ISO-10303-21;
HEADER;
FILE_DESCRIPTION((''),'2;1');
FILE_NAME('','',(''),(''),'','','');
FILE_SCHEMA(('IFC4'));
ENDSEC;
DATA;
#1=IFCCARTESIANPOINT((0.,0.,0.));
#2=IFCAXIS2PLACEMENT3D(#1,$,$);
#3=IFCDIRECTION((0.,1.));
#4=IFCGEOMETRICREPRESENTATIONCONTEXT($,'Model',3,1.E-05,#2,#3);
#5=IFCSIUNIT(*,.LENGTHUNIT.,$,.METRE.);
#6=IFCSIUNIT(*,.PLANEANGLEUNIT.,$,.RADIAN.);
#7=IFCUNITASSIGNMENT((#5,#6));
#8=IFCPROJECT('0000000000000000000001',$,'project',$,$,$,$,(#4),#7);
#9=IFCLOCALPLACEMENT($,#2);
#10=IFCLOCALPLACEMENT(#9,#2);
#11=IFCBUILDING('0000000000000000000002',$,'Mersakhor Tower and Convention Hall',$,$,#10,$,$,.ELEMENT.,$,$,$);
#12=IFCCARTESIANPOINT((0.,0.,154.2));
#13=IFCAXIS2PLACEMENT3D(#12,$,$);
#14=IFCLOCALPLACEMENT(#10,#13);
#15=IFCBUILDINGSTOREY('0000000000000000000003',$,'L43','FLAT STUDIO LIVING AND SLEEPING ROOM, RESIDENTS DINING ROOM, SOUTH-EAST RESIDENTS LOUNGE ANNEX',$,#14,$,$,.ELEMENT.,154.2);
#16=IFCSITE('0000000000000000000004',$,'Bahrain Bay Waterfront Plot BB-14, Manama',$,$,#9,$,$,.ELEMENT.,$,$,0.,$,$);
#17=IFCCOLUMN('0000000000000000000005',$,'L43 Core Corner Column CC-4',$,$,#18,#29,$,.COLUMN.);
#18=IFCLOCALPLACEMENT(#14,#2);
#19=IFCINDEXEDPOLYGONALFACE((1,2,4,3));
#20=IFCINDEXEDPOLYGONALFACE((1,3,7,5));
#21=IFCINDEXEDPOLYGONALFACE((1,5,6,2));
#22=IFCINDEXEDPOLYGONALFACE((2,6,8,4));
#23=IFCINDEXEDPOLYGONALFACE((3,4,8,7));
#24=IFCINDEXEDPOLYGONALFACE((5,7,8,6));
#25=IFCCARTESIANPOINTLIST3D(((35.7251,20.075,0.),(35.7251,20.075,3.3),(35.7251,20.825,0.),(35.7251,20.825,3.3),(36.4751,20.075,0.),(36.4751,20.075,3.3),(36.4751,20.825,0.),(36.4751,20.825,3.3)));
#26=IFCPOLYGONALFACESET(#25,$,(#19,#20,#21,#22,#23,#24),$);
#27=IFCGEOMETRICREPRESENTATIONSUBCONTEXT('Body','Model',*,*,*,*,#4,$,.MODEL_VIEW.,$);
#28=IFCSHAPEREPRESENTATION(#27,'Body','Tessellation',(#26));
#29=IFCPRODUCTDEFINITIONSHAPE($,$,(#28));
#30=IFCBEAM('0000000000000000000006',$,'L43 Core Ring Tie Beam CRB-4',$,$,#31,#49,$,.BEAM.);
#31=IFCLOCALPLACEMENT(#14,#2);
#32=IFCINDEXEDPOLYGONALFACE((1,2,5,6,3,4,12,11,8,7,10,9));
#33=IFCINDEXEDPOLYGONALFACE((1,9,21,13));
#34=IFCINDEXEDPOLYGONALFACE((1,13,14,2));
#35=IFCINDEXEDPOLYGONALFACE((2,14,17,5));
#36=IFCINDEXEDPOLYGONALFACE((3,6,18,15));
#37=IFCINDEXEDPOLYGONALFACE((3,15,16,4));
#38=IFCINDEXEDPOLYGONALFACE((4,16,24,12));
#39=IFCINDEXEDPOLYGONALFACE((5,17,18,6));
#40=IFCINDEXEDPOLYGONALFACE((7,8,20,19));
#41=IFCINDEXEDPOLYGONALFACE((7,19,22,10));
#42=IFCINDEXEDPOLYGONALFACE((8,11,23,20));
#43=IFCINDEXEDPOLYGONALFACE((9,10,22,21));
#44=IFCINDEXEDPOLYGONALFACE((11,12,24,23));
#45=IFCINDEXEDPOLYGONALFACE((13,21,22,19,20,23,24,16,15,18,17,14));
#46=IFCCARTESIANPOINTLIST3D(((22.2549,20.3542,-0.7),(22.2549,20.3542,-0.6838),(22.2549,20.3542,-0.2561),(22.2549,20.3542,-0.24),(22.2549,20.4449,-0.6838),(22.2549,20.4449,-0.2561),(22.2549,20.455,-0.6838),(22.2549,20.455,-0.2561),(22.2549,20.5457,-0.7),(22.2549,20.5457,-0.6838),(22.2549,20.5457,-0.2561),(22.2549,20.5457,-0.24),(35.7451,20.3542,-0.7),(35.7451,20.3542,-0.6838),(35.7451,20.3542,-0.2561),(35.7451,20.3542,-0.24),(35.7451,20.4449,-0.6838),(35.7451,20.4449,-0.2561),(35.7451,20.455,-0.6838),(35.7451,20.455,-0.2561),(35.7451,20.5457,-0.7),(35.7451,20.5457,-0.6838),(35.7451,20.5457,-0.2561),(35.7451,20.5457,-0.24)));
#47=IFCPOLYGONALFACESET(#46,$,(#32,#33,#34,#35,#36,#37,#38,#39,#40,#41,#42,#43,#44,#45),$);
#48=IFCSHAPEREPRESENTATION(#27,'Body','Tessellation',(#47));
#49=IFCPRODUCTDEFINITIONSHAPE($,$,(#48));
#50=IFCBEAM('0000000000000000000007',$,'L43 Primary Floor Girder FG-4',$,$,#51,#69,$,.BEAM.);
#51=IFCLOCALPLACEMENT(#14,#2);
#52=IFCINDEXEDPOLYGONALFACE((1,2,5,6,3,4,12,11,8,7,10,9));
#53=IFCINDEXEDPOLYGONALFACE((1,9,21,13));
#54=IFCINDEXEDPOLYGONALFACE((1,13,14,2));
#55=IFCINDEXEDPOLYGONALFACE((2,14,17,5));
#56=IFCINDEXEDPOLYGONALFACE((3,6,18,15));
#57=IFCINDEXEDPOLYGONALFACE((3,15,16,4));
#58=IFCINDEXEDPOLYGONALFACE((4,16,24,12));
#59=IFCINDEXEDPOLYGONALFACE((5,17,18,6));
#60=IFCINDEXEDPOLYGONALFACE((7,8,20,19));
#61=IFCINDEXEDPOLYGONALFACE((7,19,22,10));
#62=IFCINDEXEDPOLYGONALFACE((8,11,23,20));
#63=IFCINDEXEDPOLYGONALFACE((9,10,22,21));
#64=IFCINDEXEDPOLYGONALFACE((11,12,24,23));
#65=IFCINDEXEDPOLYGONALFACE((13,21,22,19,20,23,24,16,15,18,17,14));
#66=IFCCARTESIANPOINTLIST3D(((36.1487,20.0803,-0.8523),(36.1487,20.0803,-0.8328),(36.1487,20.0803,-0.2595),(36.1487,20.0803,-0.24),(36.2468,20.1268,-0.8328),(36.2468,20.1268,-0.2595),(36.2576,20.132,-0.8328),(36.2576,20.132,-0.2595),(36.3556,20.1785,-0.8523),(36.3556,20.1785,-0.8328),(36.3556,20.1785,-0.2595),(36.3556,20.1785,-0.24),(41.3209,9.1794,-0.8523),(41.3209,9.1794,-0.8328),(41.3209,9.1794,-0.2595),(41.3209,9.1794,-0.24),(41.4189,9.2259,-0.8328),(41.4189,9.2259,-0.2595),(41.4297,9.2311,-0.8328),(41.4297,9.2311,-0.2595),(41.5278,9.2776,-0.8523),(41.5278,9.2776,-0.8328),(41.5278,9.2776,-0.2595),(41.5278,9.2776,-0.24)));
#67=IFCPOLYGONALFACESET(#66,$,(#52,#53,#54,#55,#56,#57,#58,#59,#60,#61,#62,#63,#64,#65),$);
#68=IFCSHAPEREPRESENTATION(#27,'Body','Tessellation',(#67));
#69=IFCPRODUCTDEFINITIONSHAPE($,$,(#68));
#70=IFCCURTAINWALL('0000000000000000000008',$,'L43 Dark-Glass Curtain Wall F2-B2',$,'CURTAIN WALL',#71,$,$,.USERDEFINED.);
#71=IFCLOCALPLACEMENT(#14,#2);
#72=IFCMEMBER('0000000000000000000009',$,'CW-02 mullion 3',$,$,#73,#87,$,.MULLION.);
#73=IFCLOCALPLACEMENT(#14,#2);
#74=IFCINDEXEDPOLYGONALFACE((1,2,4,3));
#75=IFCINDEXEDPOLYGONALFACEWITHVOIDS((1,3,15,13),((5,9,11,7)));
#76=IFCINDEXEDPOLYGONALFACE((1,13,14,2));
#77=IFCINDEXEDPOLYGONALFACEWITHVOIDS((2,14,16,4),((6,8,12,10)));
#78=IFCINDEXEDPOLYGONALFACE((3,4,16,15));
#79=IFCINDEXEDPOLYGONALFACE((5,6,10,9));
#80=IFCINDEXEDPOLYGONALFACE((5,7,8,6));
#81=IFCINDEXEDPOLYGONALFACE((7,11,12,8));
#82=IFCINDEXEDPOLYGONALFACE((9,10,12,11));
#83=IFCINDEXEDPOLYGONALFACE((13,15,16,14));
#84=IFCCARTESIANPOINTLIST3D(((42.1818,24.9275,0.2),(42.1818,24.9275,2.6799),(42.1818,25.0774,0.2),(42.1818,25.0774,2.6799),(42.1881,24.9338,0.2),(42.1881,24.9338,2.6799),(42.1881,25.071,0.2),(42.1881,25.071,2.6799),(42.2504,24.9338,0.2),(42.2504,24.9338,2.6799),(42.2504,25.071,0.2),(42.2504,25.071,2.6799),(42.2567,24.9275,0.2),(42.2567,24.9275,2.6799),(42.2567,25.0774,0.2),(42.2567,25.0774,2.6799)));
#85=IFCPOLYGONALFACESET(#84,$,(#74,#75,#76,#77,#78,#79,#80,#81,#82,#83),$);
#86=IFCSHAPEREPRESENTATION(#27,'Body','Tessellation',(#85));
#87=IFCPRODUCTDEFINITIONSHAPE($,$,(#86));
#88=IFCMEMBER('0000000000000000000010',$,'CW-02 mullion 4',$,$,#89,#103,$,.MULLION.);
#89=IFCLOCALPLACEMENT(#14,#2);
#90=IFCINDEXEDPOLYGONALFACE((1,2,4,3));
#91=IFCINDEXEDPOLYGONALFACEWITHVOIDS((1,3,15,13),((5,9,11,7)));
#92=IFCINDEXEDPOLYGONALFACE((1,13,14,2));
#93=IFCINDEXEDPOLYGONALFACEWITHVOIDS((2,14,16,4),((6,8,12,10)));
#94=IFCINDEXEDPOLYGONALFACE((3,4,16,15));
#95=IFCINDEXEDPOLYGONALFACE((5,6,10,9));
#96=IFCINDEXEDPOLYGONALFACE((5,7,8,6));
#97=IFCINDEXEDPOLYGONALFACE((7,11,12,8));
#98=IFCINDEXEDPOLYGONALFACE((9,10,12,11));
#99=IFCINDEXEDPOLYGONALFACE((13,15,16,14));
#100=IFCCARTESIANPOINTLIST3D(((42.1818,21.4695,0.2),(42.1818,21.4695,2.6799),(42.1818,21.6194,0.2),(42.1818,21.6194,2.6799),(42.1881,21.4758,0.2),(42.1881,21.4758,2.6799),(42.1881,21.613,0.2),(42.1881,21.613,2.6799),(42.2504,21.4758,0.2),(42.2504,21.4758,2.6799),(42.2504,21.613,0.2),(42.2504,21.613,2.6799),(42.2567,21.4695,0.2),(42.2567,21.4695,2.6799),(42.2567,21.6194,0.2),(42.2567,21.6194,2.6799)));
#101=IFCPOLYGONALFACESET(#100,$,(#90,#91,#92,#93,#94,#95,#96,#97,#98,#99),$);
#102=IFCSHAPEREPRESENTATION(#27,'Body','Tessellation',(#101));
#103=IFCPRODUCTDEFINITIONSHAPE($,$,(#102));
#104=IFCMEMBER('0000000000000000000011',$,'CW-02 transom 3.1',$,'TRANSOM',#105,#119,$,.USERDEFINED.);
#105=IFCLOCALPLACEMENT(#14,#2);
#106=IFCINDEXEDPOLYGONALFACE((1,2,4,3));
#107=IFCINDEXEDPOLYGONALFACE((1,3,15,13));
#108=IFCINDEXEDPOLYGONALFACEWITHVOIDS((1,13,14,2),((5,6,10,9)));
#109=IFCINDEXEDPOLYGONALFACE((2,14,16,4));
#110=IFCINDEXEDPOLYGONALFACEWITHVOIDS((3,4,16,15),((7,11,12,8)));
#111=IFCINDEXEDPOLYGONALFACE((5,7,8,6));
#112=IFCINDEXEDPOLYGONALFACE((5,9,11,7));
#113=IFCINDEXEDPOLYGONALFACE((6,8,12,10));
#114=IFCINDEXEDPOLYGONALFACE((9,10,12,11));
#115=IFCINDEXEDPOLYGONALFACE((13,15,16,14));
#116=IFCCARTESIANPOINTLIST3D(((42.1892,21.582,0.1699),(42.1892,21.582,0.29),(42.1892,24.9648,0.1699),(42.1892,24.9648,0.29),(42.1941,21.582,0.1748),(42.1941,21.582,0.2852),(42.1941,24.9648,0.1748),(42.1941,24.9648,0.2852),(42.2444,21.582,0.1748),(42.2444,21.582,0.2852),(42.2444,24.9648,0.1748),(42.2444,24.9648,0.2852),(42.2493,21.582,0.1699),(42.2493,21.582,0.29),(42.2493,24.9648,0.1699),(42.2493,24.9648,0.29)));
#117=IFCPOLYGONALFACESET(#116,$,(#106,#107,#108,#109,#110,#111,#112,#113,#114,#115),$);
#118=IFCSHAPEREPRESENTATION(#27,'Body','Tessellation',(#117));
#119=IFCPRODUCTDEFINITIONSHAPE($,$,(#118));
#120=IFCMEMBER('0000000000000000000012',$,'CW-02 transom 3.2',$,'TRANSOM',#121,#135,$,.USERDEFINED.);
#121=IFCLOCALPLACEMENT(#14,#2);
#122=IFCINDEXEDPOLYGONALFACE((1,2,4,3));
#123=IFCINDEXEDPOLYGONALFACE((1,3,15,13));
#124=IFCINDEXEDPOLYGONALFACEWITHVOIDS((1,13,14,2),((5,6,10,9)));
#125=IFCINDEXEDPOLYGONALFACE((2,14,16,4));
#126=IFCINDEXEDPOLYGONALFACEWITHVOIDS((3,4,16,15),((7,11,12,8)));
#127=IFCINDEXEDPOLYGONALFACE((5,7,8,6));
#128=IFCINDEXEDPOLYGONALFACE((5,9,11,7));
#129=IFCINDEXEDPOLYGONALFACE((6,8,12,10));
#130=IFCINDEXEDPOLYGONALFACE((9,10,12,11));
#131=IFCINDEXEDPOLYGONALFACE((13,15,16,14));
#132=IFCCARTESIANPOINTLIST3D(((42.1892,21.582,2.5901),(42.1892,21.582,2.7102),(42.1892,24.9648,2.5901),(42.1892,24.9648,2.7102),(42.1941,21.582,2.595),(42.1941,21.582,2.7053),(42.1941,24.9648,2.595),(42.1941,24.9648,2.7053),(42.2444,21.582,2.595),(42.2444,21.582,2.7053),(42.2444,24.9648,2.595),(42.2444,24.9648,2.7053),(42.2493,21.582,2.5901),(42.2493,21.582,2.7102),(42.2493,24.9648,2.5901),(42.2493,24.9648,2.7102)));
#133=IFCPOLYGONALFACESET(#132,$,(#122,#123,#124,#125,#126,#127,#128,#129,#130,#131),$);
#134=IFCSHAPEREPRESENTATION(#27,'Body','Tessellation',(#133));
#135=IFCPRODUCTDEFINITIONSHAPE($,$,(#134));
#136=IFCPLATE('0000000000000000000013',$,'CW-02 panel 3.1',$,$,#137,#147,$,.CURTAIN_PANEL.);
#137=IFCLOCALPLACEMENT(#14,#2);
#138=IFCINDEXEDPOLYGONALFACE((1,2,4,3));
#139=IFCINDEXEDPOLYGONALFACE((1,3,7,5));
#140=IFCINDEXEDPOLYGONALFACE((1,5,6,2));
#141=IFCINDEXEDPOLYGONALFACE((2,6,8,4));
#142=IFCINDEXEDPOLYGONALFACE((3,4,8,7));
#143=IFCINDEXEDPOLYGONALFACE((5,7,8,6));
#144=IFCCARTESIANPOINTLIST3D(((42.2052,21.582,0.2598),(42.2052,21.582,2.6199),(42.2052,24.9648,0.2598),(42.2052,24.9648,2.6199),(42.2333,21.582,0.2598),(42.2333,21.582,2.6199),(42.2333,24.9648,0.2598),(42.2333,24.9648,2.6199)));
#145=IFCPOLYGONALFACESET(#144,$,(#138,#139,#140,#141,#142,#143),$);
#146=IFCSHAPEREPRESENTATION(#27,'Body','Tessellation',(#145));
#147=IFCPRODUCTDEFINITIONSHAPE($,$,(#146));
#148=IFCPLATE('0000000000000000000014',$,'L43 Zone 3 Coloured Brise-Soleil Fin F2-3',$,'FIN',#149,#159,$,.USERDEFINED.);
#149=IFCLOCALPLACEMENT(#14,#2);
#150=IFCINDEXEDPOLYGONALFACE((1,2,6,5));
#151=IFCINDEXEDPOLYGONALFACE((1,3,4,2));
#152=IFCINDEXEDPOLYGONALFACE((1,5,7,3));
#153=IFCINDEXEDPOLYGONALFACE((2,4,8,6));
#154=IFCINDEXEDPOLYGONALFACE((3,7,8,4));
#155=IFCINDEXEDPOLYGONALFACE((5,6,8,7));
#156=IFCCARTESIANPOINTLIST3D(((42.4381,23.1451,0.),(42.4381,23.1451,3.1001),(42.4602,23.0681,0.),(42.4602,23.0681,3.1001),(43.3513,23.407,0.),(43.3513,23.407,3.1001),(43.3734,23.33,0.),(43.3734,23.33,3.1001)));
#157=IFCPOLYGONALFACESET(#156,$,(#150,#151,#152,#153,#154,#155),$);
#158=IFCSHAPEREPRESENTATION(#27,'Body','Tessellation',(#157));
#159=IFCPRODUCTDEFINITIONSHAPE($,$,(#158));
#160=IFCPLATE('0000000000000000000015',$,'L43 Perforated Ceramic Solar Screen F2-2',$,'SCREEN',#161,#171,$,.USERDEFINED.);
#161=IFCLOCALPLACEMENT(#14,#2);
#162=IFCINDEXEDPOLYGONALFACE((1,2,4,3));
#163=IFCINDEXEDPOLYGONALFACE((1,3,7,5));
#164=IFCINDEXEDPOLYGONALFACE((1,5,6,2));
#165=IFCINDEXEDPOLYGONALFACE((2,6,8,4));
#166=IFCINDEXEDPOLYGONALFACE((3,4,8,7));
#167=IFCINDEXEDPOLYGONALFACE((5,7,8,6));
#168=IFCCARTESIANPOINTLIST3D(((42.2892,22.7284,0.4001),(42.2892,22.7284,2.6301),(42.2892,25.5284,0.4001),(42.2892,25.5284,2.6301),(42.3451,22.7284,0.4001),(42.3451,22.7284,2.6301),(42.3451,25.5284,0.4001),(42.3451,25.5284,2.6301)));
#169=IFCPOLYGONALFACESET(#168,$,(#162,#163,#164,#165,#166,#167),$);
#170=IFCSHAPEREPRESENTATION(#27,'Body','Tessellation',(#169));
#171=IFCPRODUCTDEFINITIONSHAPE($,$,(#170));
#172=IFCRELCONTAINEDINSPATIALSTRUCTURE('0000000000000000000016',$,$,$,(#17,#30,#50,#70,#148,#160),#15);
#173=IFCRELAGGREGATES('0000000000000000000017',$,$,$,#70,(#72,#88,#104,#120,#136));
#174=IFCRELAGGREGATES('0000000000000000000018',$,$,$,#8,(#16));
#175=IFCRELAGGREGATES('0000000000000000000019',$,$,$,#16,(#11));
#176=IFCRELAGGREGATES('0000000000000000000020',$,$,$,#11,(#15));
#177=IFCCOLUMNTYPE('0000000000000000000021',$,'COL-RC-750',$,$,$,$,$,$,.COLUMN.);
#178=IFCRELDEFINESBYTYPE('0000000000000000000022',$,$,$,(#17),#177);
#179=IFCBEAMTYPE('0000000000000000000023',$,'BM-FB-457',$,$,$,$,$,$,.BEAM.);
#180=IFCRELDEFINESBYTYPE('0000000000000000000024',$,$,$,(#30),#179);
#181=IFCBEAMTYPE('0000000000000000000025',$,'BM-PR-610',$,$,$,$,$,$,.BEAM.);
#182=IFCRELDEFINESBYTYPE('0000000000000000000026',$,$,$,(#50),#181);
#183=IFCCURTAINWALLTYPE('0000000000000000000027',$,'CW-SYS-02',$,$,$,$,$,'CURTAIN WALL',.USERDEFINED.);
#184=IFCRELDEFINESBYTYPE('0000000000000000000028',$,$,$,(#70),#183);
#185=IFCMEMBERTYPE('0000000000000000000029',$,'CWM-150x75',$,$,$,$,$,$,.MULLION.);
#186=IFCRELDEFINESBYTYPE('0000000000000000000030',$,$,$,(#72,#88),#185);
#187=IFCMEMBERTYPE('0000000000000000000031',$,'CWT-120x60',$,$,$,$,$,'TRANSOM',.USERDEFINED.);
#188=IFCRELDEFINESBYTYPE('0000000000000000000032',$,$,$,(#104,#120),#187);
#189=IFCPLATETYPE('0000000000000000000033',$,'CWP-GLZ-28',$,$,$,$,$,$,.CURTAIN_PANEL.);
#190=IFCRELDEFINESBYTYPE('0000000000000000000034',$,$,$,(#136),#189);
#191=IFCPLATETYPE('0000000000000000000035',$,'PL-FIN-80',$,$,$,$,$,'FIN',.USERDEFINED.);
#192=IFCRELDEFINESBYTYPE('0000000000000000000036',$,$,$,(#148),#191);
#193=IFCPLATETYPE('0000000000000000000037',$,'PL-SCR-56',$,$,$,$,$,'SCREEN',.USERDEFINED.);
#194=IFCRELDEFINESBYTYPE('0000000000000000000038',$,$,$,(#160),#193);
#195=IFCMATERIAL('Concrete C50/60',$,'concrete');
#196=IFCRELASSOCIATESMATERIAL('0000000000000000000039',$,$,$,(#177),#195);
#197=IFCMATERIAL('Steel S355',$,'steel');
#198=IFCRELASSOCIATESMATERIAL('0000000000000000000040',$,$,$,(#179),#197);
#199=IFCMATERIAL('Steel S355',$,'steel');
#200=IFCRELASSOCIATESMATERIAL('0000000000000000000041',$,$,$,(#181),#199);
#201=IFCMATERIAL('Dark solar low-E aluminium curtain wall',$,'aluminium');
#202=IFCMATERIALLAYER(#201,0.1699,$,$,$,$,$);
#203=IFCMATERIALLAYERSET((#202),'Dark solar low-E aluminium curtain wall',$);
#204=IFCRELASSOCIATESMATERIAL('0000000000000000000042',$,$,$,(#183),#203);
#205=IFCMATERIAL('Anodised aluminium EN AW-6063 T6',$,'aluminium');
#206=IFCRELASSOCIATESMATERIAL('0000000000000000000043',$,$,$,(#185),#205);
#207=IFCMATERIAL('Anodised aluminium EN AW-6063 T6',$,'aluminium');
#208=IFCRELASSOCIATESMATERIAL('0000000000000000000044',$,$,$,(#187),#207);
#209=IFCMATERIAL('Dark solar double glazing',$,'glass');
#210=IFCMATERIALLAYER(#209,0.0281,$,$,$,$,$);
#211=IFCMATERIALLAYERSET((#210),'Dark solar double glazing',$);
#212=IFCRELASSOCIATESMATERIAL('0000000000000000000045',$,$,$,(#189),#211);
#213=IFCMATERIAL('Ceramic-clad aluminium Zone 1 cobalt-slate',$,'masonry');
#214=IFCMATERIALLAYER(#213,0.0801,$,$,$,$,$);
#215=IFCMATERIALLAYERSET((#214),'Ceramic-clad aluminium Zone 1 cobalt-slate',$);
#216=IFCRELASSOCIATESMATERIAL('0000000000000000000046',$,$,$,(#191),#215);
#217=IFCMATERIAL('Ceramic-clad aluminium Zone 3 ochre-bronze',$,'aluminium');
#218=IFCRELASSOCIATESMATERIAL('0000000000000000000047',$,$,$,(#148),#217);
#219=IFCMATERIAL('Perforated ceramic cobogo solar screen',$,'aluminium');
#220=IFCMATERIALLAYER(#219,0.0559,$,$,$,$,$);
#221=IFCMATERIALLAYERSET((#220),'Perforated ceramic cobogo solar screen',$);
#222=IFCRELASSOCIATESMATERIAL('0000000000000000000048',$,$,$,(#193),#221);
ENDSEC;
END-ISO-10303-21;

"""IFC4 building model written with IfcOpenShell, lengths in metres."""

from ifc_helpers import new_model, si_unit, direction, frame, origin, origin_2d, place, context, subcontext, project, spatial, rectangle, hollow_rectangle, i_section, extrude, material, layer, layer_set, material_profile, profile_set, type_object, element, aggregate, save


model = new_model("IFC4")

# Units and contexts
model_context = context("Model", 3, precision=1e-05, world=origin(), true_north=direction((0.0, 1.0)))
body_context = subcontext(model_context, "Body", "Model", "MODEL_VIEW")
ifc_project = project(units=[si_unit("LENGTHUNIT", "METRE"), si_unit("PLANEANGLEUNIT", "RADIAN")], contexts=[model_context])

# Site, building, storey
site_placement = place(None, origin())
site = spatial("IfcSite", under=ifc_project, at=site_placement, Name="Bahrain Bay Waterfront Plot BB-14, Manama", CompositionType="ELEMENT", RefElevation=0.0)
building_placement = place(site_placement, origin())
building = spatial("IfcBuilding", under=site, at=building_placement, Name="Mersakhor Tower and Convention Hall", CompositionType="ELEMENT")
storey_placement = place(building_placement, frame((0.0, 0.0, 154.2)))
storey = spatial("IfcBuildingStorey", under=building, at=storey_placement, Name="L43", Description="FLAT STUDIO LIVING AND SLEEPING ROOM, RESIDENTS DINING ROOM, SOUTH-EAST RESIDENTS LOUNGE ANNEX", CompositionType="ELEMENT", Elevation=154.2)

# Column
ifc_material_1 = material(Name="Concrete C50/60", Category="concrete")
ifc_material_profile_1 = material_profile(ifc_material_1, rectangle(XDim=0.75, YDim=0.75, at=origin_2d()), Name="RC 750x750")
ifc_profile_set_1 = profile_set([ifc_material_profile_1], Name="Concrete C50/60")
column_type = type_object("IfcColumnType", Name="COL-RC-750", PredefinedType="COLUMN", material=ifc_profile_set_1)
column_placement = place(storey_placement, frame((36.1001, 20.45, 0.0), z_axis=(0.0, 0.0, 1.0), x_axis=(1.0, 0.0, 0.0)))
element("IfcColumn", 1, at=column_placement, inside=storey, type_object=column_type, Name="L43 Core Corner Column CC-4", PredefinedType="COLUMN", context=body_context, shape_type="SweptSolid", body=[
    extrude(rectangle(XDim=0.75, YDim=0.75, at=origin_2d()), origin(), (0.0, 0.0, 1.0), 3.3),
])

# Beams
ifc_material_2 = material(Name="Steel S355", Category="steel")
ifc_material_profile_2 = material_profile(ifc_material_2, i_section(OverallWidth=0.1914, OverallDepth=0.46, WebThickness=0.01, FlangeThickness=0.0161, at=origin_2d()), Name="UB 457x191x82")
ifc_profile_set_2 = profile_set([ifc_material_profile_2], Name="Steel S355")
beam_type_1 = type_object("IfcBeamType", Name="BM-FB-457", PredefinedType="BEAM", material=ifc_profile_set_2)
beam_1_placement = place(storey_placement, frame((35.7451, 20.45, -0.47), z_axis=(-1.0, 0.0, 0.0), x_axis=(0.0, -1.0, 0.0)))
element("IfcBeam", 2, at=beam_1_placement, inside=storey, type_object=beam_type_1, Name="L43 Core Ring Tie Beam CRB-4", PredefinedType="BEAM", context=body_context, shape_type="SweptSolid", body=[
    extrude(i_section(OverallWidth=0.1914, OverallDepth=0.46, WebThickness=0.01, FlangeThickness=0.0161, at=origin_2d()), origin(), (0.0, 0.0, 1.0), 13.4902),
])
ifc_material_3 = material(Name="Steel S355", Category="steel")
ifc_material_profile_3 = material_profile(ifc_material_3, i_section(OverallWidth=0.229, OverallDepth=0.6123, WebThickness=0.012, FlangeThickness=0.0195, at=origin_2d()), Name="UB 610x229x125")
ifc_profile_set_3 = profile_set([ifc_material_profile_3], Name="Steel S355")
beam_type_2 = type_object("IfcBeamType", Name="BM-PR-610", PredefinedType="BEAM", material=ifc_profile_set_3)
beam_2_placement = place(storey_placement, frame((36.2522, 20.1294, -0.5461), z_axis=(0.428665, -0.903464, 0.0), x_axis=(0.903464, 0.428665, 0.0)))
element("IfcBeam", 3, at=beam_2_placement, inside=storey, type_object=beam_type_2, Name="L43 Primary Floor Girder FG-4", PredefinedType="BEAM", context=body_context, shape_type="SweptSolid", body=[
    extrude(i_section(OverallWidth=0.229, OverallDepth=0.6123, WebThickness=0.012, FlangeThickness=0.0195, at=origin_2d()), origin(), (0.0, 0.0, 1.0), 12.0657),
])

# Curtain wall, members, plate
ifc_material_4 = material(Name="Dark solar low-E aluminium curtain wall", Category="aluminium")
ifc_layer_1 = layer(ifc_material_4, 0.1699)
ifc_layer_set_1 = layer_set([ifc_layer_1], Name="Dark solar low-E aluminium curtain wall")
curtain_wall_type = type_object("IfcCurtainWallType", Name="CW-SYS-02", ElementType="CURTAIN WALL", PredefinedType="USERDEFINED", material=ifc_layer_set_1)
curtain_wall_placement = place(storey_placement, origin())
curtain_wall = element("IfcCurtainWall", 4, at=curtain_wall_placement, inside=storey, type_object=curtain_wall_type, Name="L43 Dark-Glass Curtain Wall F2-B2", ObjectType="CURTAIN WALL", PredefinedType="USERDEFINED")
ifc_material_5 = material(Name="Anodised aluminium EN AW-6063 T6", Category="aluminium")
ifc_material_profile_4 = material_profile(ifc_material_5, hollow_rectangle(XDim=0.075, YDim=0.1499, WallThickness=0.0063, at=origin_2d()), Name="RHS 150x75x6.3")
ifc_profile_set_4 = profile_set([ifc_material_profile_4], Name="Anodised aluminium EN AW-6063 T6")
member_type_1 = type_object("IfcMemberType", Name="CWM-150x75", PredefinedType="MULLION", material=ifc_profile_set_4)
member_1_placement = place(storey_placement, frame((42.2192, 25.0024, 0.2), z_axis=(0.0, 0.0, 1.0), x_axis=(1.0, 0.0, 0.0)))
member_1 = element("IfcMember", 5, at=member_1_placement, type_object=member_type_1, Name="CW-02 mullion 3", PredefinedType="MULLION", context=body_context, shape_type="SweptSolid", body=[
    extrude(hollow_rectangle(XDim=0.075, YDim=0.1499, WallThickness=0.0063, at=origin_2d()), origin(), (0.0, 0.0, 1.0), 2.48),
])
member_2_placement = place(storey_placement, frame((42.2192, 21.5444, 0.2), z_axis=(0.0, 0.0, 1.0), x_axis=(1.0, 0.0, 0.0)))
member_2 = element("IfcMember", 6, at=member_2_placement, type_object=member_type_1, Name="CW-02 mullion 4", PredefinedType="MULLION", context=body_context, shape_type="SweptSolid", body=[
    extrude(hollow_rectangle(XDim=0.075, YDim=0.1499, WallThickness=0.0063, at=origin_2d()), origin(), (0.0, 0.0, 1.0), 2.48),
])
ifc_material_6 = material(Name="Anodised aluminium EN AW-6063 T6", Category="aluminium")
ifc_material_profile_5 = material_profile(ifc_material_6, hollow_rectangle(XDim=0.0601, YDim=0.1201, WallThickness=0.0049, at=origin_2d()), Name="RHS 120x60x5")
ifc_profile_set_5 = profile_set([ifc_material_profile_5], Name="Anodised aluminium EN AW-6063 T6")
member_type_2 = type_object("IfcMemberType", Name="CWT-120x60", ElementType="TRANSOM", PredefinedType="USERDEFINED", material=ifc_profile_set_5)
member_3_placement = place(storey_placement, frame((42.2192, 24.9648, 0.23), z_axis=(0.0, -1.0, 0.0), x_axis=(1.0, 0.0, 0.0)))
member_3 = element("IfcMember", 7, at=member_3_placement, type_object=member_type_2, Name="CW-02 transom 3.1", ObjectType="TRANSOM", PredefinedType="USERDEFINED", context=body_context, shape_type="SweptSolid", body=[
    extrude(hollow_rectangle(XDim=0.0601, YDim=0.1201, WallThickness=0.0049, at=origin_2d()), origin(), (0.0, 0.0, 1.0), 3.3828),
])
member_4_placement = place(storey_placement, frame((42.2192, 24.9648, 2.6501), z_axis=(0.0, -1.0, 0.0), x_axis=(1.0, 0.0, 0.0)))
member_4 = element("IfcMember", 8, at=member_4_placement, type_object=member_type_2, Name="CW-02 transom 3.2", ObjectType="TRANSOM", PredefinedType="USERDEFINED", context=body_context, shape_type="SweptSolid", body=[
    extrude(hollow_rectangle(XDim=0.0601, YDim=0.1201, WallThickness=0.0049, at=origin_2d()), origin(), (0.0, 0.0, 1.0), 3.3828),
])
ifc_material_7 = material(Name="Dark solar double glazing", Category="glass")
ifc_layer_2 = layer(ifc_material_7, 0.0281)
ifc_layer_set_2 = layer_set([ifc_layer_2], Name="Dark solar double glazing")
plate_type_1 = type_object("IfcPlateType", Name="CWP-GLZ-28", PredefinedType="CURTAIN_PANEL", material=ifc_layer_set_2)
plate_1_placement = place(storey_placement, frame((42.2192, 23.2734, 0.2598), z_axis=(0.0, 0.0, 1.0), x_axis=(0.0, -1.0, 0.0)))
plate_1 = element("IfcPlate", 9, at=plate_1_placement, type_object=plate_type_1, Name="CW-02 panel 3.1", PredefinedType="CURTAIN_PANEL", context=body_context, shape_type="SweptSolid", body=[
    extrude(rectangle(XDim=3.3828, YDim=0.0281, at=origin_2d()), origin(), (0.0, 0.0, 1.0), 2.3601),
])
aggregate(curtain_wall, [member_1, member_2, member_3, member_4, plate_1])

# Plates
ifc_material_8 = material(Name="Ceramic-clad aluminium Zone 3 ochre-bronze", Category="aluminium")
ifc_material_9 = material(Name="Ceramic-clad aluminium Zone 1 cobalt-slate", Category="masonry")
ifc_layer_3 = layer(ifc_material_9, 0.0801)
ifc_layer_set_3 = layer_set([ifc_layer_3], Name="Ceramic-clad aluminium Zone 1 cobalt-slate")
plate_type_2 = type_object("IfcPlateType", Name="PL-FIN-80", ElementType="FIN", PredefinedType="USERDEFINED", material=ifc_layer_set_3)
plate_2_placement = place(storey_placement, frame((42.9058, 23.2375, 0.0), z_axis=(0.0, 0.0, 1.0), x_axis=(0.961262, 0.275637, 0.0)))
element("IfcPlate", 10, at=plate_2_placement, inside=storey, type_object=plate_type_2, material=ifc_material_8, Name="L43 Zone 3 Coloured Brise-Soleil Fin F2-3", ObjectType="FIN", PredefinedType="USERDEFINED", context=body_context, shape_type="SweptSolid", body=[
    extrude(rectangle(XDim=0.95, YDim=0.0801, at=origin_2d()), origin(), (0.0, 0.0, 1.0), 3.1001),
])
ifc_material_10 = material(Name="Perforated ceramic cobogo solar screen", Category="aluminium")
ifc_layer_4 = layer(ifc_material_10, 0.0559)
ifc_layer_set_4 = layer_set([ifc_layer_4], Name="Perforated ceramic cobogo solar screen")
plate_type_3 = type_object("IfcPlateType", Name="PL-SCR-56", ElementType="SCREEN", PredefinedType="USERDEFINED", material=ifc_layer_set_4)
plate_3_placement = place(storey_placement, frame((42.3171, 24.1284, 0.4001), z_axis=(0.0, 0.0, 1.0), x_axis=(0.0, -1.0, 0.0)))
element("IfcPlate", 11, at=plate_3_placement, inside=storey, type_object=plate_type_3, Name="L43 Perforated Ceramic Solar Screen F2-2", ObjectType="SCREEN", PredefinedType="USERDEFINED", context=body_context, shape_type="SweptSolid", body=[
    extrude(rectangle(XDim=2.8, YDim=0.0559, at=origin_2d()), origin(), (0.0, 0.0, 1.0), 2.23),
])

save(model, "model.ifc")
